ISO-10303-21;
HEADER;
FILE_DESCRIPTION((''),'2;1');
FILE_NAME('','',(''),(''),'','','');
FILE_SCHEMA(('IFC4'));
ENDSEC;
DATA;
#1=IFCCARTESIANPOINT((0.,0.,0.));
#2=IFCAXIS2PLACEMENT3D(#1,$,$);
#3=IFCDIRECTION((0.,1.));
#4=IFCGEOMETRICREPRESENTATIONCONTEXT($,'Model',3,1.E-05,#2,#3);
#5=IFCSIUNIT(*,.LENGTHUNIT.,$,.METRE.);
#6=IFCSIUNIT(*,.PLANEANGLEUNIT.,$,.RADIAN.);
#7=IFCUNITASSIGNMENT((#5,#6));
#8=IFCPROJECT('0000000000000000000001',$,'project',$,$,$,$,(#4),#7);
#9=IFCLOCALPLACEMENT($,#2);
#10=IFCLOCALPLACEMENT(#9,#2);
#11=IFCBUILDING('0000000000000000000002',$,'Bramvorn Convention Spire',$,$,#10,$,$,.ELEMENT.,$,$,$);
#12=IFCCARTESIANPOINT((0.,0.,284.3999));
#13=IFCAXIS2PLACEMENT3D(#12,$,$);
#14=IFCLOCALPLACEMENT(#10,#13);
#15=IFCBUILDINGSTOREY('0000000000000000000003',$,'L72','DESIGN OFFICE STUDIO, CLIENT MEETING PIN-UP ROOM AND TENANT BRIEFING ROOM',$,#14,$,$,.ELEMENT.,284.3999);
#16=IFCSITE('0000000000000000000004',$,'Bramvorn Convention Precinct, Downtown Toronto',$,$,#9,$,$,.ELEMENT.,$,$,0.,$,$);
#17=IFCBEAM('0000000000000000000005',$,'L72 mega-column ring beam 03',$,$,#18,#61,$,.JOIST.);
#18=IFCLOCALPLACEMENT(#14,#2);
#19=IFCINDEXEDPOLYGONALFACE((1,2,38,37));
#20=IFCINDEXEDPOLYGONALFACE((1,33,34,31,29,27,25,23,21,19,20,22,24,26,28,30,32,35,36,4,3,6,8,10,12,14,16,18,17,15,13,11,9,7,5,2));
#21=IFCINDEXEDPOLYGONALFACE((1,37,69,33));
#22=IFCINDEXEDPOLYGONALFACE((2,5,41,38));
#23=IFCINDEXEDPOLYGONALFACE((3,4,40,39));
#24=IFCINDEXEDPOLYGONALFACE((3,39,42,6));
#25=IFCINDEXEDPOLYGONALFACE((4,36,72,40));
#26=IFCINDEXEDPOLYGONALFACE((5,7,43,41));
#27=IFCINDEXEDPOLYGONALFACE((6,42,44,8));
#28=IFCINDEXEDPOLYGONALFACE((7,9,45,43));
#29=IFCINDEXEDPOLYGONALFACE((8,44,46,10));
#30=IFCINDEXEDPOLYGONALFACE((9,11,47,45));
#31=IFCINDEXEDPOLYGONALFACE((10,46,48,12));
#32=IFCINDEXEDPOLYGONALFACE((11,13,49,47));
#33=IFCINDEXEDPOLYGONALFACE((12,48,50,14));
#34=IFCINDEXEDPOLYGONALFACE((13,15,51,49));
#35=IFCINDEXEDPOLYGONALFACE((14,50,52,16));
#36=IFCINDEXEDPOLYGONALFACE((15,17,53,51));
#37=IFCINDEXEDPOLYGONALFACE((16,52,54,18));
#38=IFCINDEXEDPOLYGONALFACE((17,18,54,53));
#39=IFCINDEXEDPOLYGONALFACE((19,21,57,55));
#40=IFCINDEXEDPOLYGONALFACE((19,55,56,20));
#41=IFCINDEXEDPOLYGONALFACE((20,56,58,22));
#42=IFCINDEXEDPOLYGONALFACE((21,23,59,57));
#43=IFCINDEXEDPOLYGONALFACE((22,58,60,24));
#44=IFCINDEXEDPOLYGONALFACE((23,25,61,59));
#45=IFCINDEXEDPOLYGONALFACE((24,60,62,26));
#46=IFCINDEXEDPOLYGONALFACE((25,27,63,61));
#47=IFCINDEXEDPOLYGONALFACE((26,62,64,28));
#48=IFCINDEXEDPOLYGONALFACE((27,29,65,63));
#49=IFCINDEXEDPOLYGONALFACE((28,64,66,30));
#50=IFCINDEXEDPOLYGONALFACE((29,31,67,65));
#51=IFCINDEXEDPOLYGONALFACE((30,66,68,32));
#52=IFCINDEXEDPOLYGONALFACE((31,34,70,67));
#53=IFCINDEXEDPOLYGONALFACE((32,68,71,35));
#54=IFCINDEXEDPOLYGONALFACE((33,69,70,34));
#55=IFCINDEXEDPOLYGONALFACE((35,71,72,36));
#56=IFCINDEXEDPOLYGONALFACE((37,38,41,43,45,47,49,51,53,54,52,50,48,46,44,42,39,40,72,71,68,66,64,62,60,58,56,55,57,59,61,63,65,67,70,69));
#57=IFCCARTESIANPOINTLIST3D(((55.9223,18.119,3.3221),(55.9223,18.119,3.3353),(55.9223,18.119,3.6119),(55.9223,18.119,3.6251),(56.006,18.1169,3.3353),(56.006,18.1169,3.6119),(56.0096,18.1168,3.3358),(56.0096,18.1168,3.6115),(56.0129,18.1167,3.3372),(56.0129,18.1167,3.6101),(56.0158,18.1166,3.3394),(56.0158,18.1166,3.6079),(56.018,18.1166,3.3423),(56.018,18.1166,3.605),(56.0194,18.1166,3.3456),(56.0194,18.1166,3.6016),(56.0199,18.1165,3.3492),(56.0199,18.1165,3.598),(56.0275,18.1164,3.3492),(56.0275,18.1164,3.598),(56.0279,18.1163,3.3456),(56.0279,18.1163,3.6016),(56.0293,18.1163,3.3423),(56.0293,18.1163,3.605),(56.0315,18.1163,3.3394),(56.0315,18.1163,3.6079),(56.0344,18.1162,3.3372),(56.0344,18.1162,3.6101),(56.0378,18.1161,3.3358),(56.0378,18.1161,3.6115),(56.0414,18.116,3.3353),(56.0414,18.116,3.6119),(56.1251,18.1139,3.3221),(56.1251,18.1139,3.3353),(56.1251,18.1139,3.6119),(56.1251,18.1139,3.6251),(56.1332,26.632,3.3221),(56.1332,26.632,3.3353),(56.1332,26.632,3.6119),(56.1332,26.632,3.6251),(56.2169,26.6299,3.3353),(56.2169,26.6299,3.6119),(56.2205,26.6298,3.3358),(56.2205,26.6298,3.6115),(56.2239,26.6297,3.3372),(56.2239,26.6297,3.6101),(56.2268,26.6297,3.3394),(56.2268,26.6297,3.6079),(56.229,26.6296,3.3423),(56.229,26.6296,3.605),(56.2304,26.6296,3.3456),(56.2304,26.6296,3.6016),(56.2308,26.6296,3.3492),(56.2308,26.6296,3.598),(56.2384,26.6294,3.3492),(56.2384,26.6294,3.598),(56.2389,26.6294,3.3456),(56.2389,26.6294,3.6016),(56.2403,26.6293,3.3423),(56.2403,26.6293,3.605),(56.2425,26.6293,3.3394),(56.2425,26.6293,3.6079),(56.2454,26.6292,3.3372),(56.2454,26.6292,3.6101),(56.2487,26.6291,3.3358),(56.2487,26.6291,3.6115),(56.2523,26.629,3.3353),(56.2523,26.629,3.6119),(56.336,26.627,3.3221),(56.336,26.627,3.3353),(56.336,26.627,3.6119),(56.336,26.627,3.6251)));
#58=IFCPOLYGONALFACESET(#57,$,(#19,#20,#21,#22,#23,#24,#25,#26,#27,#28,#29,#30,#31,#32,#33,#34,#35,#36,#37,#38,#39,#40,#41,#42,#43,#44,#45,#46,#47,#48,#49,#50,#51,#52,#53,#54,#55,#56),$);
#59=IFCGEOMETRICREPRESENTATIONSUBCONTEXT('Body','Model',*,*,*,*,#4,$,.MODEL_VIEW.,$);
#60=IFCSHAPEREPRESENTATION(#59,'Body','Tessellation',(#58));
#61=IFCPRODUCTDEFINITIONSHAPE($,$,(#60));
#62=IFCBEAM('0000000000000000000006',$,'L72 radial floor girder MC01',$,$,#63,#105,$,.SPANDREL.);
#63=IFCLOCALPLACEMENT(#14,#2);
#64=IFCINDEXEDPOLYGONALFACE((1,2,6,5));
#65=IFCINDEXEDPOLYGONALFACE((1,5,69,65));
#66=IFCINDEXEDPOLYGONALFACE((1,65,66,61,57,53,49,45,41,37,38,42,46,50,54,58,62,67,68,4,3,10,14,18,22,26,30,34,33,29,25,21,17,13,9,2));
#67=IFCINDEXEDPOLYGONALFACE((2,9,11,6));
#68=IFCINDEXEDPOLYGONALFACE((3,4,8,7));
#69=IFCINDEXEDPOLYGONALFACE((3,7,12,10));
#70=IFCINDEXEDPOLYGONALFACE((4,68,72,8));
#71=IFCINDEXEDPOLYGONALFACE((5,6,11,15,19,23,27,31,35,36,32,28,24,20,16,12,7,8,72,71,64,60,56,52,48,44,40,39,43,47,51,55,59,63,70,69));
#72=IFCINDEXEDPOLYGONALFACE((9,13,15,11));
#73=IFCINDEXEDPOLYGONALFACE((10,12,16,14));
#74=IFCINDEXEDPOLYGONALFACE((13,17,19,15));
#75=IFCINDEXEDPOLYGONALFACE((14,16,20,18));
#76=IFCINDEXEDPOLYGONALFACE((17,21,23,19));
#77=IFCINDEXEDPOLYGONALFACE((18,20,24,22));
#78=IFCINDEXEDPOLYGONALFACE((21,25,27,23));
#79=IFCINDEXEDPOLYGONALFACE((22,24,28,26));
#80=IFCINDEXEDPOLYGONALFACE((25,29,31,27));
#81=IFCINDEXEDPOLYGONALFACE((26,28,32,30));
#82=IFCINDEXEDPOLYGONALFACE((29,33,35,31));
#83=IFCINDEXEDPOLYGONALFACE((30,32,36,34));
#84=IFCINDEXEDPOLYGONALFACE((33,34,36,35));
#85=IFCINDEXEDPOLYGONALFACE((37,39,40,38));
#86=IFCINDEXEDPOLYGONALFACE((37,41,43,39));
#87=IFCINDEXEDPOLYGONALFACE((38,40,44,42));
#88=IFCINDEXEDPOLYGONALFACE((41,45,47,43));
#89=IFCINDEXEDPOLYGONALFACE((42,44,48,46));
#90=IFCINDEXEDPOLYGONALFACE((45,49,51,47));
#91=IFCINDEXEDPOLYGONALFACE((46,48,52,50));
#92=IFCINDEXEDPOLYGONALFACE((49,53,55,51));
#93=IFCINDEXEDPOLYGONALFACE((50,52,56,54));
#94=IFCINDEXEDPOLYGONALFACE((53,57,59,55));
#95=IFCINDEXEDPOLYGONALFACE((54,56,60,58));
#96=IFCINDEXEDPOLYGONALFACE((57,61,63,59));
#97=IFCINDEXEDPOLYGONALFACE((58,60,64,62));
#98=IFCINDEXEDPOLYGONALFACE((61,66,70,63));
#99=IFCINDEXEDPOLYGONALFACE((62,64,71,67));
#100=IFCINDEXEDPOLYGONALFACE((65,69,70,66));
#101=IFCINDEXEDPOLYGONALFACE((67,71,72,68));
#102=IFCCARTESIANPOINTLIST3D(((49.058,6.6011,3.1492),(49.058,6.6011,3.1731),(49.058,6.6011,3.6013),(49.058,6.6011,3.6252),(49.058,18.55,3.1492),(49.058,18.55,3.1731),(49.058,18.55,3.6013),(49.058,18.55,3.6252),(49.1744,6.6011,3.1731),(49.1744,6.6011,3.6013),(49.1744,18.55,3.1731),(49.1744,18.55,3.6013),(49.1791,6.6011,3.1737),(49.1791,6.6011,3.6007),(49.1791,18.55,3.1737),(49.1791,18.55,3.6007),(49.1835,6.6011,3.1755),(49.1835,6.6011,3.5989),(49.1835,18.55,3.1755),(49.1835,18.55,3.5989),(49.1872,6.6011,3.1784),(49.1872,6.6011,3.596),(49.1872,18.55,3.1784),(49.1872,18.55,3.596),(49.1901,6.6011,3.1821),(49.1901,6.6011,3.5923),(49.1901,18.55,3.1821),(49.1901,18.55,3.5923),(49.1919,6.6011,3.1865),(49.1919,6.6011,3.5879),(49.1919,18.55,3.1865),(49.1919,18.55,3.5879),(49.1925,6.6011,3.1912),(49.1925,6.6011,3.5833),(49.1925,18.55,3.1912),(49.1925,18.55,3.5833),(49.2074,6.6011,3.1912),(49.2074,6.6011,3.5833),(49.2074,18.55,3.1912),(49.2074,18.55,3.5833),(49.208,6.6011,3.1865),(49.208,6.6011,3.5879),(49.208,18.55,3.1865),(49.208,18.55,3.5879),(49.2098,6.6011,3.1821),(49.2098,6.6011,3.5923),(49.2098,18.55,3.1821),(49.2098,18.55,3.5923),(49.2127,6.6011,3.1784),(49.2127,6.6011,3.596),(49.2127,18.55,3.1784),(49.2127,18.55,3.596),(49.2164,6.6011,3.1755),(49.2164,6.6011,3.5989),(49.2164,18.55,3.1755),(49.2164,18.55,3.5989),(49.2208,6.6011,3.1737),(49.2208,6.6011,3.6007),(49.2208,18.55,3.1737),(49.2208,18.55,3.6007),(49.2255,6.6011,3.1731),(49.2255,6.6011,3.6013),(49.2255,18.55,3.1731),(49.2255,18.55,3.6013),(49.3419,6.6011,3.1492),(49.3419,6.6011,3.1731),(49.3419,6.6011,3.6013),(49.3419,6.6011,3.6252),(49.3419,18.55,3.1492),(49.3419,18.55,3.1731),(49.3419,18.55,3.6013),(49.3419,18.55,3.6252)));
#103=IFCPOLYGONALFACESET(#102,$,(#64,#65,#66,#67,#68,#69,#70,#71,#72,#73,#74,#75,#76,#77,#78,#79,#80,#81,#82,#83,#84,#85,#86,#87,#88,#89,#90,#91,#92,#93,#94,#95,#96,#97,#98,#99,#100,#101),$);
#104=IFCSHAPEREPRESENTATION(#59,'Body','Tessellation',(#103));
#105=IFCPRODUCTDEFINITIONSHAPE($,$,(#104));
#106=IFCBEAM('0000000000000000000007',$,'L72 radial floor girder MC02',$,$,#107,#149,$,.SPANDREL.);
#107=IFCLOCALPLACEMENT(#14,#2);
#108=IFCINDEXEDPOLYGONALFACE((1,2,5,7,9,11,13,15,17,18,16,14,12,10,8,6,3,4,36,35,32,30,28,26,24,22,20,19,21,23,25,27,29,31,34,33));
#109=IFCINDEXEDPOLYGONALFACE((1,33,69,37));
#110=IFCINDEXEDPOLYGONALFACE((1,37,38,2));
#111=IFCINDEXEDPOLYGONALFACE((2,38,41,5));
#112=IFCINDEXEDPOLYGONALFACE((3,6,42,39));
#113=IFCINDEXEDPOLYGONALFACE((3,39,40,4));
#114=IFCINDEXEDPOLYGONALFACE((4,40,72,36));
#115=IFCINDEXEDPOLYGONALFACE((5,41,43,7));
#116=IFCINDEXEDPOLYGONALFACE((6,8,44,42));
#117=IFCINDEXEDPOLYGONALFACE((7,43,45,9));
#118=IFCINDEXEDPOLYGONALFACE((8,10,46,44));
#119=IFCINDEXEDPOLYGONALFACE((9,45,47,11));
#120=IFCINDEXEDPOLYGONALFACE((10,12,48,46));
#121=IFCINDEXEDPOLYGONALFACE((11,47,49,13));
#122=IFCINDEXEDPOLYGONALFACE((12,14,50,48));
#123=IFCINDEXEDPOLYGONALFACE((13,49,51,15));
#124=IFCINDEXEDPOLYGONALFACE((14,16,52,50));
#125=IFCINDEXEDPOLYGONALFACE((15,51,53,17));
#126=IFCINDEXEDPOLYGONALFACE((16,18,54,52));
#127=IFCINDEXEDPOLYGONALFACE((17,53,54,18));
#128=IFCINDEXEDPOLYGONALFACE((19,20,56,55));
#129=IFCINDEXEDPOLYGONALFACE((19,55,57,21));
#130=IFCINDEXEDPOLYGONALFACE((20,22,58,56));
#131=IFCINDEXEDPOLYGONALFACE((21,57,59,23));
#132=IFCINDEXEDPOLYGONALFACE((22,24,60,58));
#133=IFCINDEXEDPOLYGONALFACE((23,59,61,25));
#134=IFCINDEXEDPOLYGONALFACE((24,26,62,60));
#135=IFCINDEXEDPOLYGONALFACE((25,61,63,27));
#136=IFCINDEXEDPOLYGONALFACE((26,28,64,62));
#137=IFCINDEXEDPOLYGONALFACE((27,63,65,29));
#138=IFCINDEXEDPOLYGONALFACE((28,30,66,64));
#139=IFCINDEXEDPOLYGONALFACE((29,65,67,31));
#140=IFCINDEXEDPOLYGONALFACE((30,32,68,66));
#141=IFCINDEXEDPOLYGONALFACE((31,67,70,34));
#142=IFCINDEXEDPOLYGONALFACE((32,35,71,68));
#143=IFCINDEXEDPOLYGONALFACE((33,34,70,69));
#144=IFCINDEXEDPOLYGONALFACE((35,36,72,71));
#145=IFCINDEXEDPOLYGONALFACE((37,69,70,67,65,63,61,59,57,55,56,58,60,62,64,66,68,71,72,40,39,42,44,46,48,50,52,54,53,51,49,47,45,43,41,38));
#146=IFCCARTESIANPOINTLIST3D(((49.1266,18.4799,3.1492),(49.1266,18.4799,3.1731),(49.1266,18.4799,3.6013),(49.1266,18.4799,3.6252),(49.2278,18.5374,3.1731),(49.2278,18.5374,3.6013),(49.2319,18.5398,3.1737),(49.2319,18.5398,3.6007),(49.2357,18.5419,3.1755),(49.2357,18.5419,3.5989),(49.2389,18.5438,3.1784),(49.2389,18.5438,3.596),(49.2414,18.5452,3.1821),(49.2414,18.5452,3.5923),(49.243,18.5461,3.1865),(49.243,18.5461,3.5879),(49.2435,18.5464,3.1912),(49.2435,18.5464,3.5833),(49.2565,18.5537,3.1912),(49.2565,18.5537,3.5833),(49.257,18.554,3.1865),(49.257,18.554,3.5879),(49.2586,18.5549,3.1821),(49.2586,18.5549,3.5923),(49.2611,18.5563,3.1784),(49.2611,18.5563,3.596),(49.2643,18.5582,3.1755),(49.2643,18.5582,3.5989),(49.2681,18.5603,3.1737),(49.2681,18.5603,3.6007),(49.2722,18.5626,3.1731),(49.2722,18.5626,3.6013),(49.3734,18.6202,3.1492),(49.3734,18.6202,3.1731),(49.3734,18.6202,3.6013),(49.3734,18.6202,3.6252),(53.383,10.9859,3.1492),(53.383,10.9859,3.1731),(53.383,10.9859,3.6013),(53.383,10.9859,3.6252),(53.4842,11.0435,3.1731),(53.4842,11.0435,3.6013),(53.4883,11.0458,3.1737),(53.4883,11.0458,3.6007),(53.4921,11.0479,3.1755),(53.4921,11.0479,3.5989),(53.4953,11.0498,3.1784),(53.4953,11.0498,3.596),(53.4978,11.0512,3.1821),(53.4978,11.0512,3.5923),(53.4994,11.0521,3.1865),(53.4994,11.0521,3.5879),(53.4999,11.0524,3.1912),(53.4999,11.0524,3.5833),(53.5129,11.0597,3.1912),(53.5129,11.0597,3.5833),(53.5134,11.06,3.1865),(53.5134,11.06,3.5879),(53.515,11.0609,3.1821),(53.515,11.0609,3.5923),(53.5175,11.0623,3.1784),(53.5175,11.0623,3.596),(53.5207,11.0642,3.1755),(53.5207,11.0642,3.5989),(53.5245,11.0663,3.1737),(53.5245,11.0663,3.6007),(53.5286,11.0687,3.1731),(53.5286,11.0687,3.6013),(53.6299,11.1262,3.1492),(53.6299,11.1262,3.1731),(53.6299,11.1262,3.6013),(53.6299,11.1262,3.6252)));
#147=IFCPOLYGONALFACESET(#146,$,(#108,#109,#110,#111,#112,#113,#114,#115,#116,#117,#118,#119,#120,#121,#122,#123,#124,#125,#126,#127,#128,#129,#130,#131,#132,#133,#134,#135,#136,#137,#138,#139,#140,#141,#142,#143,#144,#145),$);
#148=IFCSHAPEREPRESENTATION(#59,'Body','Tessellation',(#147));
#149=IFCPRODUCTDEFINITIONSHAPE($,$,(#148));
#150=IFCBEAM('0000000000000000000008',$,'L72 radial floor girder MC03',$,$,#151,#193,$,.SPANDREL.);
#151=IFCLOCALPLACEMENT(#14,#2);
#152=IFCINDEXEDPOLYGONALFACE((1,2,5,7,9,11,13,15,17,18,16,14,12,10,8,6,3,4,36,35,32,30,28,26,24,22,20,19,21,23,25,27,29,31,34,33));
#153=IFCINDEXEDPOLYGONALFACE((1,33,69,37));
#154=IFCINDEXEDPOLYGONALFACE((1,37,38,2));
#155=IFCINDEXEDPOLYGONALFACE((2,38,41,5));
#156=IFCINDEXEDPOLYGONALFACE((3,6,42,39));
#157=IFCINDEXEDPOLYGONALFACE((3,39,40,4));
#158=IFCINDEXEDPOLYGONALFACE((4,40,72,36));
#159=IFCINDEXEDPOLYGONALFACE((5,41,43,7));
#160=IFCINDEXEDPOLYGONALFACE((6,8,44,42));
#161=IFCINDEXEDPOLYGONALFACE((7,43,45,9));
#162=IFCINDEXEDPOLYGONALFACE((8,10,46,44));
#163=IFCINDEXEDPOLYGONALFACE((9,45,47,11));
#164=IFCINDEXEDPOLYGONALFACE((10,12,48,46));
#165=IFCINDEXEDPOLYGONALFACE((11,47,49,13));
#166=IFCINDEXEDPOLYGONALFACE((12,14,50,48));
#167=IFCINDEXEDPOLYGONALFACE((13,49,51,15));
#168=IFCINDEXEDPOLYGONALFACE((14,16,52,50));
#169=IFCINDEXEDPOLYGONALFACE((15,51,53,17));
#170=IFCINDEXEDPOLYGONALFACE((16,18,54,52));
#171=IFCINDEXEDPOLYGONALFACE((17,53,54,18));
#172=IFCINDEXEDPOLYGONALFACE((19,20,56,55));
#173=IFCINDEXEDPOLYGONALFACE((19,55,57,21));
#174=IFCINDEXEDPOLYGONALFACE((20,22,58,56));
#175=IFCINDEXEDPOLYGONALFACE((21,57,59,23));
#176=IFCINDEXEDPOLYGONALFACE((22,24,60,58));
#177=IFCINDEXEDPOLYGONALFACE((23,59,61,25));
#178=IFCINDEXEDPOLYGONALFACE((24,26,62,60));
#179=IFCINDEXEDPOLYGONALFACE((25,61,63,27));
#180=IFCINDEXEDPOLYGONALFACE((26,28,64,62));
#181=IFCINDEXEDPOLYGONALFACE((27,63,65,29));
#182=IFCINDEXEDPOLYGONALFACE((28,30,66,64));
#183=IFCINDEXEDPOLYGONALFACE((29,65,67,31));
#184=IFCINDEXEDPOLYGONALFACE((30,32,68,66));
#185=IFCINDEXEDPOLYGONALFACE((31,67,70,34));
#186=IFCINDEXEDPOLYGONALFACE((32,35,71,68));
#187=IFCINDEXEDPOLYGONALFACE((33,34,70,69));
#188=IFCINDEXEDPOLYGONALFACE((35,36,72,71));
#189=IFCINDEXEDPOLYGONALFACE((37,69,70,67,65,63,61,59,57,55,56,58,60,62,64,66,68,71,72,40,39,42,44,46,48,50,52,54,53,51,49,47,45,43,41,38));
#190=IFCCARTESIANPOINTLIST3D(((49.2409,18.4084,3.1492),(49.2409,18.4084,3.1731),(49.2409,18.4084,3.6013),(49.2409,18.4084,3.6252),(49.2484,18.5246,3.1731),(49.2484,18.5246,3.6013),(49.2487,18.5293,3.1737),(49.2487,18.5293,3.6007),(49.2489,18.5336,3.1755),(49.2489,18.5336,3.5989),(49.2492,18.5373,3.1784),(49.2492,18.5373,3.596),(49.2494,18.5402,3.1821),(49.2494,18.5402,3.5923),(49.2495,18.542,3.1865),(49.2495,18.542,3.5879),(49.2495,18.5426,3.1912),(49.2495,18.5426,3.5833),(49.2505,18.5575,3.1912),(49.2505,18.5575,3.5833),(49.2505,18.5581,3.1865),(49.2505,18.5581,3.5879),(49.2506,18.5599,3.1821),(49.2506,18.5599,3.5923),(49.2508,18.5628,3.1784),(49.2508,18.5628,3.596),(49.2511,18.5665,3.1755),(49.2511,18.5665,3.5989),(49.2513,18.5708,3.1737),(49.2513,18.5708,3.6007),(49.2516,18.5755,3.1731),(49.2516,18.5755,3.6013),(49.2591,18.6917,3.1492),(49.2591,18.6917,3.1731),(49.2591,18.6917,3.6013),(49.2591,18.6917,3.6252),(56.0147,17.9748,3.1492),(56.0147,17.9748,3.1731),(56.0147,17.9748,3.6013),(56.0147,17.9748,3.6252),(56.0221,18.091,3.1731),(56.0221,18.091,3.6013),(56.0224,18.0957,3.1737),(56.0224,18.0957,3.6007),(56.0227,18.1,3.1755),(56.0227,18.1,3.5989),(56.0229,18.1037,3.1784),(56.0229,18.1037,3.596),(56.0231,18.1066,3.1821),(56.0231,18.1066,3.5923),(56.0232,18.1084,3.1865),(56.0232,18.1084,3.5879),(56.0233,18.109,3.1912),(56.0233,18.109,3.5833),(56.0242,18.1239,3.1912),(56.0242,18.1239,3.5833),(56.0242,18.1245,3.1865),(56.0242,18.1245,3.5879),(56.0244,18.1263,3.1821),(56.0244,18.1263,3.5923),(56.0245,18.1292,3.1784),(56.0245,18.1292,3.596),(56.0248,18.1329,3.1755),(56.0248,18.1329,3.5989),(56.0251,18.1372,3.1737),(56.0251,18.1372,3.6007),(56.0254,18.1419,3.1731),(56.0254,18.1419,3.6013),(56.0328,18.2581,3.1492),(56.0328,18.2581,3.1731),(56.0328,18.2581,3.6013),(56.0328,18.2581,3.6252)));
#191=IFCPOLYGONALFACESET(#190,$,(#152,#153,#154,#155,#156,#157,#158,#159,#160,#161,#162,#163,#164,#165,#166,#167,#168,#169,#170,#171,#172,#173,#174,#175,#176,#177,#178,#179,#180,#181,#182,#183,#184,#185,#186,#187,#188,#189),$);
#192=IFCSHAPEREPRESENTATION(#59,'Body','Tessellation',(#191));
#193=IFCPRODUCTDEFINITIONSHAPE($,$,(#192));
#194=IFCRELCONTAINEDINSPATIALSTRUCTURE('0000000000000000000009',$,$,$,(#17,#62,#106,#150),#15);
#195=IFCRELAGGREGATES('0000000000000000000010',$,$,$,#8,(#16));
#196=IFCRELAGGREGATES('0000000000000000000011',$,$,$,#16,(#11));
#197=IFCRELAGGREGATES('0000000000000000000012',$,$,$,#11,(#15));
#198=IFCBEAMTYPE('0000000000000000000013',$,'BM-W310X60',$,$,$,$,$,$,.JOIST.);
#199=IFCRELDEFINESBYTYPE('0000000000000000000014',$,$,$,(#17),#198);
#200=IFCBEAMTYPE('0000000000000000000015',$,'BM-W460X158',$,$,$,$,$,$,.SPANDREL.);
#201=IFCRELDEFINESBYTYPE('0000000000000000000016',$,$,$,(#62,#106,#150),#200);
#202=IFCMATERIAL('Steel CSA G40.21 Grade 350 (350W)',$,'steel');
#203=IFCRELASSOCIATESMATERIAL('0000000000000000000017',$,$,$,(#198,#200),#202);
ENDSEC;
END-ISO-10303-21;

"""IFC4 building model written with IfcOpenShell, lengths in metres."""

from ifc_helpers import new_model, si_unit, direction, frame, origin, origin_2d, place, context, subcontext, project, spatial, i_section, extrude, material, material_profile, profile_set, type_object, element, save


model = new_model("IFC4")

# Units and contexts
model_context = context("Model", 3, precision=1e-05, world=origin(), true_north=direction((0.0, 1.0)))
body_context = subcontext(model_context, "Body", "Model", "MODEL_VIEW")
ifc_project = project(units=[si_unit("LENGTHUNIT", "METRE"), si_unit("PLANEANGLEUNIT", "RADIAN")], contexts=[model_context])

# Site, building, storey
site_placement = place(None, origin())
site = spatial("IfcSite", under=ifc_project, at=site_placement, Name="Bramvorn Convention Precinct, Downtown Toronto", CompositionType="ELEMENT", RefElevation=0.0)
building_placement = place(site_placement, origin())
building = spatial("IfcBuilding", under=site, at=building_placement, Name="Bramvorn Convention Spire", CompositionType="ELEMENT")
storey_placement = place(building_placement, frame((0.0, 0.0, 284.3999)))
storey = spatial("IfcBuildingStorey", under=building, at=storey_placement, Name="L72", Description="DESIGN OFFICE STUDIO, CLIENT MEETING PIN-UP ROOM AND TENANT BRIEFING ROOM", CompositionType="ELEMENT", Elevation=284.3999)

# Shared definitions
ifc_material_1 = material(Name="Steel CSA G40.21 Grade 350 (350W)", Category="steel")

# Beams
ifc_material_profile_1 = material_profile(ifc_material_1, i_section(OverallWidth=0.2029, OverallDepth=0.303, WebThickness=0.0076, FlangeThickness=0.0132, FilletRadius=0.0139, at=origin_2d()))
ifc_profile_set_1 = profile_set([ifc_material_profile_1], Name="Steel CSA G40.21 Grade 350 (350W) - W310X60")
beam_type_1 = type_object("IfcBeamType", Name="BM-W310X60", PredefinedType="JOIST", material=ifc_profile_set_1)
beam_1_placement = place(storey_placement, frame((56.0237, 18.1165, 3.4736), z_axis=(0.024771, 0.999693, 0.0), x_axis=(-0.999693, 0.024771, 0.0)))
element("IfcBeam", 1, at=beam_1_placement, inside=storey, type_object=beam_type_1, Name="L72 mega-column ring beam 03", PredefinedType="JOIST", context=body_context, shape_type="SweptSolid", body=[
    extrude(i_section(OverallWidth=0.2029, OverallDepth=0.303, WebThickness=0.0076, FlangeThickness=0.0132, FilletRadius=0.0139, at=origin_2d()), origin(), (0.0, 0.0, 1.0), 8.5156),
])
ifc_material_profile_2 = material_profile(ifc_material_1, i_section(OverallWidth=0.2839, OverallDepth=0.4761, WebThickness=0.0149, FlangeThickness=0.0239, FilletRadius=0.0181, at=origin_2d()))
ifc_profile_set_2 = profile_set([ifc_material_profile_2], Name="Steel CSA G40.21 Grade 350 (350W) - W460X158")
beam_type_2 = type_object("IfcBeamType", Name="BM-W460X158", PredefinedType="SPANDREL", material=ifc_profile_set_2)
beam_2_placement = place(storey_placement, frame((49.2, 18.55, 3.3872), z_axis=(0.0, -1.0, 0.0), x_axis=(1.0, 0.0, 0.0)))
element("IfcBeam", 2, at=beam_2_placement, inside=storey, type_object=beam_type_2, Name="L72 radial floor girder MC01", PredefinedType="SPANDREL", context=body_context, shape_type="SweptSolid", body=[
    extrude(i_section(OverallWidth=0.2839, OverallDepth=0.4761, WebThickness=0.0149, FlangeThickness=0.0239, FilletRadius=0.0181, at=origin_2d()), origin(), (0.0, 0.0, 1.0), 11.949),
])
beam_3_placement = place(storey_placement, frame((49.25, 18.55, 3.3872), z_axis=(0.493874, -0.869534, 0.0), x_axis=(0.869534, 0.493874, 0.0)))
element("IfcBeam", 3, at=beam_3_placement, inside=storey, type_object=beam_type_2, Name="L72 radial floor girder MC02", PredefinedType="SPANDREL", context=body_context, shape_type="SweptSolid", body=[
    extrude(i_section(OverallWidth=0.2839, OverallDepth=0.4761, WebThickness=0.0149, FlangeThickness=0.0239, FilletRadius=0.0181, at=origin_2d()), origin(), (0.0, 0.0, 1.0), 8.6184),
])
beam_4_placement = place(storey_placement, frame((49.25, 18.55, 3.3872), z_axis=(0.997958, -0.063881, 0.0), x_axis=(0.063881, 0.997958, 0.0)))
element("IfcBeam", 4, at=beam_4_placement, inside=storey, type_object=beam_type_2, Name="L72 radial floor girder MC03", PredefinedType="SPANDREL", context=body_context, shape_type="SweptSolid", body=[
    extrude(i_section(OverallWidth=0.2839, OverallDepth=0.4761, WebThickness=0.0149, FlangeThickness=0.0239, FilletRadius=0.0181, at=origin_2d()), origin(), (0.0, 0.0, 1.0), 6.7876),
])

save(model, "model.ifc")
